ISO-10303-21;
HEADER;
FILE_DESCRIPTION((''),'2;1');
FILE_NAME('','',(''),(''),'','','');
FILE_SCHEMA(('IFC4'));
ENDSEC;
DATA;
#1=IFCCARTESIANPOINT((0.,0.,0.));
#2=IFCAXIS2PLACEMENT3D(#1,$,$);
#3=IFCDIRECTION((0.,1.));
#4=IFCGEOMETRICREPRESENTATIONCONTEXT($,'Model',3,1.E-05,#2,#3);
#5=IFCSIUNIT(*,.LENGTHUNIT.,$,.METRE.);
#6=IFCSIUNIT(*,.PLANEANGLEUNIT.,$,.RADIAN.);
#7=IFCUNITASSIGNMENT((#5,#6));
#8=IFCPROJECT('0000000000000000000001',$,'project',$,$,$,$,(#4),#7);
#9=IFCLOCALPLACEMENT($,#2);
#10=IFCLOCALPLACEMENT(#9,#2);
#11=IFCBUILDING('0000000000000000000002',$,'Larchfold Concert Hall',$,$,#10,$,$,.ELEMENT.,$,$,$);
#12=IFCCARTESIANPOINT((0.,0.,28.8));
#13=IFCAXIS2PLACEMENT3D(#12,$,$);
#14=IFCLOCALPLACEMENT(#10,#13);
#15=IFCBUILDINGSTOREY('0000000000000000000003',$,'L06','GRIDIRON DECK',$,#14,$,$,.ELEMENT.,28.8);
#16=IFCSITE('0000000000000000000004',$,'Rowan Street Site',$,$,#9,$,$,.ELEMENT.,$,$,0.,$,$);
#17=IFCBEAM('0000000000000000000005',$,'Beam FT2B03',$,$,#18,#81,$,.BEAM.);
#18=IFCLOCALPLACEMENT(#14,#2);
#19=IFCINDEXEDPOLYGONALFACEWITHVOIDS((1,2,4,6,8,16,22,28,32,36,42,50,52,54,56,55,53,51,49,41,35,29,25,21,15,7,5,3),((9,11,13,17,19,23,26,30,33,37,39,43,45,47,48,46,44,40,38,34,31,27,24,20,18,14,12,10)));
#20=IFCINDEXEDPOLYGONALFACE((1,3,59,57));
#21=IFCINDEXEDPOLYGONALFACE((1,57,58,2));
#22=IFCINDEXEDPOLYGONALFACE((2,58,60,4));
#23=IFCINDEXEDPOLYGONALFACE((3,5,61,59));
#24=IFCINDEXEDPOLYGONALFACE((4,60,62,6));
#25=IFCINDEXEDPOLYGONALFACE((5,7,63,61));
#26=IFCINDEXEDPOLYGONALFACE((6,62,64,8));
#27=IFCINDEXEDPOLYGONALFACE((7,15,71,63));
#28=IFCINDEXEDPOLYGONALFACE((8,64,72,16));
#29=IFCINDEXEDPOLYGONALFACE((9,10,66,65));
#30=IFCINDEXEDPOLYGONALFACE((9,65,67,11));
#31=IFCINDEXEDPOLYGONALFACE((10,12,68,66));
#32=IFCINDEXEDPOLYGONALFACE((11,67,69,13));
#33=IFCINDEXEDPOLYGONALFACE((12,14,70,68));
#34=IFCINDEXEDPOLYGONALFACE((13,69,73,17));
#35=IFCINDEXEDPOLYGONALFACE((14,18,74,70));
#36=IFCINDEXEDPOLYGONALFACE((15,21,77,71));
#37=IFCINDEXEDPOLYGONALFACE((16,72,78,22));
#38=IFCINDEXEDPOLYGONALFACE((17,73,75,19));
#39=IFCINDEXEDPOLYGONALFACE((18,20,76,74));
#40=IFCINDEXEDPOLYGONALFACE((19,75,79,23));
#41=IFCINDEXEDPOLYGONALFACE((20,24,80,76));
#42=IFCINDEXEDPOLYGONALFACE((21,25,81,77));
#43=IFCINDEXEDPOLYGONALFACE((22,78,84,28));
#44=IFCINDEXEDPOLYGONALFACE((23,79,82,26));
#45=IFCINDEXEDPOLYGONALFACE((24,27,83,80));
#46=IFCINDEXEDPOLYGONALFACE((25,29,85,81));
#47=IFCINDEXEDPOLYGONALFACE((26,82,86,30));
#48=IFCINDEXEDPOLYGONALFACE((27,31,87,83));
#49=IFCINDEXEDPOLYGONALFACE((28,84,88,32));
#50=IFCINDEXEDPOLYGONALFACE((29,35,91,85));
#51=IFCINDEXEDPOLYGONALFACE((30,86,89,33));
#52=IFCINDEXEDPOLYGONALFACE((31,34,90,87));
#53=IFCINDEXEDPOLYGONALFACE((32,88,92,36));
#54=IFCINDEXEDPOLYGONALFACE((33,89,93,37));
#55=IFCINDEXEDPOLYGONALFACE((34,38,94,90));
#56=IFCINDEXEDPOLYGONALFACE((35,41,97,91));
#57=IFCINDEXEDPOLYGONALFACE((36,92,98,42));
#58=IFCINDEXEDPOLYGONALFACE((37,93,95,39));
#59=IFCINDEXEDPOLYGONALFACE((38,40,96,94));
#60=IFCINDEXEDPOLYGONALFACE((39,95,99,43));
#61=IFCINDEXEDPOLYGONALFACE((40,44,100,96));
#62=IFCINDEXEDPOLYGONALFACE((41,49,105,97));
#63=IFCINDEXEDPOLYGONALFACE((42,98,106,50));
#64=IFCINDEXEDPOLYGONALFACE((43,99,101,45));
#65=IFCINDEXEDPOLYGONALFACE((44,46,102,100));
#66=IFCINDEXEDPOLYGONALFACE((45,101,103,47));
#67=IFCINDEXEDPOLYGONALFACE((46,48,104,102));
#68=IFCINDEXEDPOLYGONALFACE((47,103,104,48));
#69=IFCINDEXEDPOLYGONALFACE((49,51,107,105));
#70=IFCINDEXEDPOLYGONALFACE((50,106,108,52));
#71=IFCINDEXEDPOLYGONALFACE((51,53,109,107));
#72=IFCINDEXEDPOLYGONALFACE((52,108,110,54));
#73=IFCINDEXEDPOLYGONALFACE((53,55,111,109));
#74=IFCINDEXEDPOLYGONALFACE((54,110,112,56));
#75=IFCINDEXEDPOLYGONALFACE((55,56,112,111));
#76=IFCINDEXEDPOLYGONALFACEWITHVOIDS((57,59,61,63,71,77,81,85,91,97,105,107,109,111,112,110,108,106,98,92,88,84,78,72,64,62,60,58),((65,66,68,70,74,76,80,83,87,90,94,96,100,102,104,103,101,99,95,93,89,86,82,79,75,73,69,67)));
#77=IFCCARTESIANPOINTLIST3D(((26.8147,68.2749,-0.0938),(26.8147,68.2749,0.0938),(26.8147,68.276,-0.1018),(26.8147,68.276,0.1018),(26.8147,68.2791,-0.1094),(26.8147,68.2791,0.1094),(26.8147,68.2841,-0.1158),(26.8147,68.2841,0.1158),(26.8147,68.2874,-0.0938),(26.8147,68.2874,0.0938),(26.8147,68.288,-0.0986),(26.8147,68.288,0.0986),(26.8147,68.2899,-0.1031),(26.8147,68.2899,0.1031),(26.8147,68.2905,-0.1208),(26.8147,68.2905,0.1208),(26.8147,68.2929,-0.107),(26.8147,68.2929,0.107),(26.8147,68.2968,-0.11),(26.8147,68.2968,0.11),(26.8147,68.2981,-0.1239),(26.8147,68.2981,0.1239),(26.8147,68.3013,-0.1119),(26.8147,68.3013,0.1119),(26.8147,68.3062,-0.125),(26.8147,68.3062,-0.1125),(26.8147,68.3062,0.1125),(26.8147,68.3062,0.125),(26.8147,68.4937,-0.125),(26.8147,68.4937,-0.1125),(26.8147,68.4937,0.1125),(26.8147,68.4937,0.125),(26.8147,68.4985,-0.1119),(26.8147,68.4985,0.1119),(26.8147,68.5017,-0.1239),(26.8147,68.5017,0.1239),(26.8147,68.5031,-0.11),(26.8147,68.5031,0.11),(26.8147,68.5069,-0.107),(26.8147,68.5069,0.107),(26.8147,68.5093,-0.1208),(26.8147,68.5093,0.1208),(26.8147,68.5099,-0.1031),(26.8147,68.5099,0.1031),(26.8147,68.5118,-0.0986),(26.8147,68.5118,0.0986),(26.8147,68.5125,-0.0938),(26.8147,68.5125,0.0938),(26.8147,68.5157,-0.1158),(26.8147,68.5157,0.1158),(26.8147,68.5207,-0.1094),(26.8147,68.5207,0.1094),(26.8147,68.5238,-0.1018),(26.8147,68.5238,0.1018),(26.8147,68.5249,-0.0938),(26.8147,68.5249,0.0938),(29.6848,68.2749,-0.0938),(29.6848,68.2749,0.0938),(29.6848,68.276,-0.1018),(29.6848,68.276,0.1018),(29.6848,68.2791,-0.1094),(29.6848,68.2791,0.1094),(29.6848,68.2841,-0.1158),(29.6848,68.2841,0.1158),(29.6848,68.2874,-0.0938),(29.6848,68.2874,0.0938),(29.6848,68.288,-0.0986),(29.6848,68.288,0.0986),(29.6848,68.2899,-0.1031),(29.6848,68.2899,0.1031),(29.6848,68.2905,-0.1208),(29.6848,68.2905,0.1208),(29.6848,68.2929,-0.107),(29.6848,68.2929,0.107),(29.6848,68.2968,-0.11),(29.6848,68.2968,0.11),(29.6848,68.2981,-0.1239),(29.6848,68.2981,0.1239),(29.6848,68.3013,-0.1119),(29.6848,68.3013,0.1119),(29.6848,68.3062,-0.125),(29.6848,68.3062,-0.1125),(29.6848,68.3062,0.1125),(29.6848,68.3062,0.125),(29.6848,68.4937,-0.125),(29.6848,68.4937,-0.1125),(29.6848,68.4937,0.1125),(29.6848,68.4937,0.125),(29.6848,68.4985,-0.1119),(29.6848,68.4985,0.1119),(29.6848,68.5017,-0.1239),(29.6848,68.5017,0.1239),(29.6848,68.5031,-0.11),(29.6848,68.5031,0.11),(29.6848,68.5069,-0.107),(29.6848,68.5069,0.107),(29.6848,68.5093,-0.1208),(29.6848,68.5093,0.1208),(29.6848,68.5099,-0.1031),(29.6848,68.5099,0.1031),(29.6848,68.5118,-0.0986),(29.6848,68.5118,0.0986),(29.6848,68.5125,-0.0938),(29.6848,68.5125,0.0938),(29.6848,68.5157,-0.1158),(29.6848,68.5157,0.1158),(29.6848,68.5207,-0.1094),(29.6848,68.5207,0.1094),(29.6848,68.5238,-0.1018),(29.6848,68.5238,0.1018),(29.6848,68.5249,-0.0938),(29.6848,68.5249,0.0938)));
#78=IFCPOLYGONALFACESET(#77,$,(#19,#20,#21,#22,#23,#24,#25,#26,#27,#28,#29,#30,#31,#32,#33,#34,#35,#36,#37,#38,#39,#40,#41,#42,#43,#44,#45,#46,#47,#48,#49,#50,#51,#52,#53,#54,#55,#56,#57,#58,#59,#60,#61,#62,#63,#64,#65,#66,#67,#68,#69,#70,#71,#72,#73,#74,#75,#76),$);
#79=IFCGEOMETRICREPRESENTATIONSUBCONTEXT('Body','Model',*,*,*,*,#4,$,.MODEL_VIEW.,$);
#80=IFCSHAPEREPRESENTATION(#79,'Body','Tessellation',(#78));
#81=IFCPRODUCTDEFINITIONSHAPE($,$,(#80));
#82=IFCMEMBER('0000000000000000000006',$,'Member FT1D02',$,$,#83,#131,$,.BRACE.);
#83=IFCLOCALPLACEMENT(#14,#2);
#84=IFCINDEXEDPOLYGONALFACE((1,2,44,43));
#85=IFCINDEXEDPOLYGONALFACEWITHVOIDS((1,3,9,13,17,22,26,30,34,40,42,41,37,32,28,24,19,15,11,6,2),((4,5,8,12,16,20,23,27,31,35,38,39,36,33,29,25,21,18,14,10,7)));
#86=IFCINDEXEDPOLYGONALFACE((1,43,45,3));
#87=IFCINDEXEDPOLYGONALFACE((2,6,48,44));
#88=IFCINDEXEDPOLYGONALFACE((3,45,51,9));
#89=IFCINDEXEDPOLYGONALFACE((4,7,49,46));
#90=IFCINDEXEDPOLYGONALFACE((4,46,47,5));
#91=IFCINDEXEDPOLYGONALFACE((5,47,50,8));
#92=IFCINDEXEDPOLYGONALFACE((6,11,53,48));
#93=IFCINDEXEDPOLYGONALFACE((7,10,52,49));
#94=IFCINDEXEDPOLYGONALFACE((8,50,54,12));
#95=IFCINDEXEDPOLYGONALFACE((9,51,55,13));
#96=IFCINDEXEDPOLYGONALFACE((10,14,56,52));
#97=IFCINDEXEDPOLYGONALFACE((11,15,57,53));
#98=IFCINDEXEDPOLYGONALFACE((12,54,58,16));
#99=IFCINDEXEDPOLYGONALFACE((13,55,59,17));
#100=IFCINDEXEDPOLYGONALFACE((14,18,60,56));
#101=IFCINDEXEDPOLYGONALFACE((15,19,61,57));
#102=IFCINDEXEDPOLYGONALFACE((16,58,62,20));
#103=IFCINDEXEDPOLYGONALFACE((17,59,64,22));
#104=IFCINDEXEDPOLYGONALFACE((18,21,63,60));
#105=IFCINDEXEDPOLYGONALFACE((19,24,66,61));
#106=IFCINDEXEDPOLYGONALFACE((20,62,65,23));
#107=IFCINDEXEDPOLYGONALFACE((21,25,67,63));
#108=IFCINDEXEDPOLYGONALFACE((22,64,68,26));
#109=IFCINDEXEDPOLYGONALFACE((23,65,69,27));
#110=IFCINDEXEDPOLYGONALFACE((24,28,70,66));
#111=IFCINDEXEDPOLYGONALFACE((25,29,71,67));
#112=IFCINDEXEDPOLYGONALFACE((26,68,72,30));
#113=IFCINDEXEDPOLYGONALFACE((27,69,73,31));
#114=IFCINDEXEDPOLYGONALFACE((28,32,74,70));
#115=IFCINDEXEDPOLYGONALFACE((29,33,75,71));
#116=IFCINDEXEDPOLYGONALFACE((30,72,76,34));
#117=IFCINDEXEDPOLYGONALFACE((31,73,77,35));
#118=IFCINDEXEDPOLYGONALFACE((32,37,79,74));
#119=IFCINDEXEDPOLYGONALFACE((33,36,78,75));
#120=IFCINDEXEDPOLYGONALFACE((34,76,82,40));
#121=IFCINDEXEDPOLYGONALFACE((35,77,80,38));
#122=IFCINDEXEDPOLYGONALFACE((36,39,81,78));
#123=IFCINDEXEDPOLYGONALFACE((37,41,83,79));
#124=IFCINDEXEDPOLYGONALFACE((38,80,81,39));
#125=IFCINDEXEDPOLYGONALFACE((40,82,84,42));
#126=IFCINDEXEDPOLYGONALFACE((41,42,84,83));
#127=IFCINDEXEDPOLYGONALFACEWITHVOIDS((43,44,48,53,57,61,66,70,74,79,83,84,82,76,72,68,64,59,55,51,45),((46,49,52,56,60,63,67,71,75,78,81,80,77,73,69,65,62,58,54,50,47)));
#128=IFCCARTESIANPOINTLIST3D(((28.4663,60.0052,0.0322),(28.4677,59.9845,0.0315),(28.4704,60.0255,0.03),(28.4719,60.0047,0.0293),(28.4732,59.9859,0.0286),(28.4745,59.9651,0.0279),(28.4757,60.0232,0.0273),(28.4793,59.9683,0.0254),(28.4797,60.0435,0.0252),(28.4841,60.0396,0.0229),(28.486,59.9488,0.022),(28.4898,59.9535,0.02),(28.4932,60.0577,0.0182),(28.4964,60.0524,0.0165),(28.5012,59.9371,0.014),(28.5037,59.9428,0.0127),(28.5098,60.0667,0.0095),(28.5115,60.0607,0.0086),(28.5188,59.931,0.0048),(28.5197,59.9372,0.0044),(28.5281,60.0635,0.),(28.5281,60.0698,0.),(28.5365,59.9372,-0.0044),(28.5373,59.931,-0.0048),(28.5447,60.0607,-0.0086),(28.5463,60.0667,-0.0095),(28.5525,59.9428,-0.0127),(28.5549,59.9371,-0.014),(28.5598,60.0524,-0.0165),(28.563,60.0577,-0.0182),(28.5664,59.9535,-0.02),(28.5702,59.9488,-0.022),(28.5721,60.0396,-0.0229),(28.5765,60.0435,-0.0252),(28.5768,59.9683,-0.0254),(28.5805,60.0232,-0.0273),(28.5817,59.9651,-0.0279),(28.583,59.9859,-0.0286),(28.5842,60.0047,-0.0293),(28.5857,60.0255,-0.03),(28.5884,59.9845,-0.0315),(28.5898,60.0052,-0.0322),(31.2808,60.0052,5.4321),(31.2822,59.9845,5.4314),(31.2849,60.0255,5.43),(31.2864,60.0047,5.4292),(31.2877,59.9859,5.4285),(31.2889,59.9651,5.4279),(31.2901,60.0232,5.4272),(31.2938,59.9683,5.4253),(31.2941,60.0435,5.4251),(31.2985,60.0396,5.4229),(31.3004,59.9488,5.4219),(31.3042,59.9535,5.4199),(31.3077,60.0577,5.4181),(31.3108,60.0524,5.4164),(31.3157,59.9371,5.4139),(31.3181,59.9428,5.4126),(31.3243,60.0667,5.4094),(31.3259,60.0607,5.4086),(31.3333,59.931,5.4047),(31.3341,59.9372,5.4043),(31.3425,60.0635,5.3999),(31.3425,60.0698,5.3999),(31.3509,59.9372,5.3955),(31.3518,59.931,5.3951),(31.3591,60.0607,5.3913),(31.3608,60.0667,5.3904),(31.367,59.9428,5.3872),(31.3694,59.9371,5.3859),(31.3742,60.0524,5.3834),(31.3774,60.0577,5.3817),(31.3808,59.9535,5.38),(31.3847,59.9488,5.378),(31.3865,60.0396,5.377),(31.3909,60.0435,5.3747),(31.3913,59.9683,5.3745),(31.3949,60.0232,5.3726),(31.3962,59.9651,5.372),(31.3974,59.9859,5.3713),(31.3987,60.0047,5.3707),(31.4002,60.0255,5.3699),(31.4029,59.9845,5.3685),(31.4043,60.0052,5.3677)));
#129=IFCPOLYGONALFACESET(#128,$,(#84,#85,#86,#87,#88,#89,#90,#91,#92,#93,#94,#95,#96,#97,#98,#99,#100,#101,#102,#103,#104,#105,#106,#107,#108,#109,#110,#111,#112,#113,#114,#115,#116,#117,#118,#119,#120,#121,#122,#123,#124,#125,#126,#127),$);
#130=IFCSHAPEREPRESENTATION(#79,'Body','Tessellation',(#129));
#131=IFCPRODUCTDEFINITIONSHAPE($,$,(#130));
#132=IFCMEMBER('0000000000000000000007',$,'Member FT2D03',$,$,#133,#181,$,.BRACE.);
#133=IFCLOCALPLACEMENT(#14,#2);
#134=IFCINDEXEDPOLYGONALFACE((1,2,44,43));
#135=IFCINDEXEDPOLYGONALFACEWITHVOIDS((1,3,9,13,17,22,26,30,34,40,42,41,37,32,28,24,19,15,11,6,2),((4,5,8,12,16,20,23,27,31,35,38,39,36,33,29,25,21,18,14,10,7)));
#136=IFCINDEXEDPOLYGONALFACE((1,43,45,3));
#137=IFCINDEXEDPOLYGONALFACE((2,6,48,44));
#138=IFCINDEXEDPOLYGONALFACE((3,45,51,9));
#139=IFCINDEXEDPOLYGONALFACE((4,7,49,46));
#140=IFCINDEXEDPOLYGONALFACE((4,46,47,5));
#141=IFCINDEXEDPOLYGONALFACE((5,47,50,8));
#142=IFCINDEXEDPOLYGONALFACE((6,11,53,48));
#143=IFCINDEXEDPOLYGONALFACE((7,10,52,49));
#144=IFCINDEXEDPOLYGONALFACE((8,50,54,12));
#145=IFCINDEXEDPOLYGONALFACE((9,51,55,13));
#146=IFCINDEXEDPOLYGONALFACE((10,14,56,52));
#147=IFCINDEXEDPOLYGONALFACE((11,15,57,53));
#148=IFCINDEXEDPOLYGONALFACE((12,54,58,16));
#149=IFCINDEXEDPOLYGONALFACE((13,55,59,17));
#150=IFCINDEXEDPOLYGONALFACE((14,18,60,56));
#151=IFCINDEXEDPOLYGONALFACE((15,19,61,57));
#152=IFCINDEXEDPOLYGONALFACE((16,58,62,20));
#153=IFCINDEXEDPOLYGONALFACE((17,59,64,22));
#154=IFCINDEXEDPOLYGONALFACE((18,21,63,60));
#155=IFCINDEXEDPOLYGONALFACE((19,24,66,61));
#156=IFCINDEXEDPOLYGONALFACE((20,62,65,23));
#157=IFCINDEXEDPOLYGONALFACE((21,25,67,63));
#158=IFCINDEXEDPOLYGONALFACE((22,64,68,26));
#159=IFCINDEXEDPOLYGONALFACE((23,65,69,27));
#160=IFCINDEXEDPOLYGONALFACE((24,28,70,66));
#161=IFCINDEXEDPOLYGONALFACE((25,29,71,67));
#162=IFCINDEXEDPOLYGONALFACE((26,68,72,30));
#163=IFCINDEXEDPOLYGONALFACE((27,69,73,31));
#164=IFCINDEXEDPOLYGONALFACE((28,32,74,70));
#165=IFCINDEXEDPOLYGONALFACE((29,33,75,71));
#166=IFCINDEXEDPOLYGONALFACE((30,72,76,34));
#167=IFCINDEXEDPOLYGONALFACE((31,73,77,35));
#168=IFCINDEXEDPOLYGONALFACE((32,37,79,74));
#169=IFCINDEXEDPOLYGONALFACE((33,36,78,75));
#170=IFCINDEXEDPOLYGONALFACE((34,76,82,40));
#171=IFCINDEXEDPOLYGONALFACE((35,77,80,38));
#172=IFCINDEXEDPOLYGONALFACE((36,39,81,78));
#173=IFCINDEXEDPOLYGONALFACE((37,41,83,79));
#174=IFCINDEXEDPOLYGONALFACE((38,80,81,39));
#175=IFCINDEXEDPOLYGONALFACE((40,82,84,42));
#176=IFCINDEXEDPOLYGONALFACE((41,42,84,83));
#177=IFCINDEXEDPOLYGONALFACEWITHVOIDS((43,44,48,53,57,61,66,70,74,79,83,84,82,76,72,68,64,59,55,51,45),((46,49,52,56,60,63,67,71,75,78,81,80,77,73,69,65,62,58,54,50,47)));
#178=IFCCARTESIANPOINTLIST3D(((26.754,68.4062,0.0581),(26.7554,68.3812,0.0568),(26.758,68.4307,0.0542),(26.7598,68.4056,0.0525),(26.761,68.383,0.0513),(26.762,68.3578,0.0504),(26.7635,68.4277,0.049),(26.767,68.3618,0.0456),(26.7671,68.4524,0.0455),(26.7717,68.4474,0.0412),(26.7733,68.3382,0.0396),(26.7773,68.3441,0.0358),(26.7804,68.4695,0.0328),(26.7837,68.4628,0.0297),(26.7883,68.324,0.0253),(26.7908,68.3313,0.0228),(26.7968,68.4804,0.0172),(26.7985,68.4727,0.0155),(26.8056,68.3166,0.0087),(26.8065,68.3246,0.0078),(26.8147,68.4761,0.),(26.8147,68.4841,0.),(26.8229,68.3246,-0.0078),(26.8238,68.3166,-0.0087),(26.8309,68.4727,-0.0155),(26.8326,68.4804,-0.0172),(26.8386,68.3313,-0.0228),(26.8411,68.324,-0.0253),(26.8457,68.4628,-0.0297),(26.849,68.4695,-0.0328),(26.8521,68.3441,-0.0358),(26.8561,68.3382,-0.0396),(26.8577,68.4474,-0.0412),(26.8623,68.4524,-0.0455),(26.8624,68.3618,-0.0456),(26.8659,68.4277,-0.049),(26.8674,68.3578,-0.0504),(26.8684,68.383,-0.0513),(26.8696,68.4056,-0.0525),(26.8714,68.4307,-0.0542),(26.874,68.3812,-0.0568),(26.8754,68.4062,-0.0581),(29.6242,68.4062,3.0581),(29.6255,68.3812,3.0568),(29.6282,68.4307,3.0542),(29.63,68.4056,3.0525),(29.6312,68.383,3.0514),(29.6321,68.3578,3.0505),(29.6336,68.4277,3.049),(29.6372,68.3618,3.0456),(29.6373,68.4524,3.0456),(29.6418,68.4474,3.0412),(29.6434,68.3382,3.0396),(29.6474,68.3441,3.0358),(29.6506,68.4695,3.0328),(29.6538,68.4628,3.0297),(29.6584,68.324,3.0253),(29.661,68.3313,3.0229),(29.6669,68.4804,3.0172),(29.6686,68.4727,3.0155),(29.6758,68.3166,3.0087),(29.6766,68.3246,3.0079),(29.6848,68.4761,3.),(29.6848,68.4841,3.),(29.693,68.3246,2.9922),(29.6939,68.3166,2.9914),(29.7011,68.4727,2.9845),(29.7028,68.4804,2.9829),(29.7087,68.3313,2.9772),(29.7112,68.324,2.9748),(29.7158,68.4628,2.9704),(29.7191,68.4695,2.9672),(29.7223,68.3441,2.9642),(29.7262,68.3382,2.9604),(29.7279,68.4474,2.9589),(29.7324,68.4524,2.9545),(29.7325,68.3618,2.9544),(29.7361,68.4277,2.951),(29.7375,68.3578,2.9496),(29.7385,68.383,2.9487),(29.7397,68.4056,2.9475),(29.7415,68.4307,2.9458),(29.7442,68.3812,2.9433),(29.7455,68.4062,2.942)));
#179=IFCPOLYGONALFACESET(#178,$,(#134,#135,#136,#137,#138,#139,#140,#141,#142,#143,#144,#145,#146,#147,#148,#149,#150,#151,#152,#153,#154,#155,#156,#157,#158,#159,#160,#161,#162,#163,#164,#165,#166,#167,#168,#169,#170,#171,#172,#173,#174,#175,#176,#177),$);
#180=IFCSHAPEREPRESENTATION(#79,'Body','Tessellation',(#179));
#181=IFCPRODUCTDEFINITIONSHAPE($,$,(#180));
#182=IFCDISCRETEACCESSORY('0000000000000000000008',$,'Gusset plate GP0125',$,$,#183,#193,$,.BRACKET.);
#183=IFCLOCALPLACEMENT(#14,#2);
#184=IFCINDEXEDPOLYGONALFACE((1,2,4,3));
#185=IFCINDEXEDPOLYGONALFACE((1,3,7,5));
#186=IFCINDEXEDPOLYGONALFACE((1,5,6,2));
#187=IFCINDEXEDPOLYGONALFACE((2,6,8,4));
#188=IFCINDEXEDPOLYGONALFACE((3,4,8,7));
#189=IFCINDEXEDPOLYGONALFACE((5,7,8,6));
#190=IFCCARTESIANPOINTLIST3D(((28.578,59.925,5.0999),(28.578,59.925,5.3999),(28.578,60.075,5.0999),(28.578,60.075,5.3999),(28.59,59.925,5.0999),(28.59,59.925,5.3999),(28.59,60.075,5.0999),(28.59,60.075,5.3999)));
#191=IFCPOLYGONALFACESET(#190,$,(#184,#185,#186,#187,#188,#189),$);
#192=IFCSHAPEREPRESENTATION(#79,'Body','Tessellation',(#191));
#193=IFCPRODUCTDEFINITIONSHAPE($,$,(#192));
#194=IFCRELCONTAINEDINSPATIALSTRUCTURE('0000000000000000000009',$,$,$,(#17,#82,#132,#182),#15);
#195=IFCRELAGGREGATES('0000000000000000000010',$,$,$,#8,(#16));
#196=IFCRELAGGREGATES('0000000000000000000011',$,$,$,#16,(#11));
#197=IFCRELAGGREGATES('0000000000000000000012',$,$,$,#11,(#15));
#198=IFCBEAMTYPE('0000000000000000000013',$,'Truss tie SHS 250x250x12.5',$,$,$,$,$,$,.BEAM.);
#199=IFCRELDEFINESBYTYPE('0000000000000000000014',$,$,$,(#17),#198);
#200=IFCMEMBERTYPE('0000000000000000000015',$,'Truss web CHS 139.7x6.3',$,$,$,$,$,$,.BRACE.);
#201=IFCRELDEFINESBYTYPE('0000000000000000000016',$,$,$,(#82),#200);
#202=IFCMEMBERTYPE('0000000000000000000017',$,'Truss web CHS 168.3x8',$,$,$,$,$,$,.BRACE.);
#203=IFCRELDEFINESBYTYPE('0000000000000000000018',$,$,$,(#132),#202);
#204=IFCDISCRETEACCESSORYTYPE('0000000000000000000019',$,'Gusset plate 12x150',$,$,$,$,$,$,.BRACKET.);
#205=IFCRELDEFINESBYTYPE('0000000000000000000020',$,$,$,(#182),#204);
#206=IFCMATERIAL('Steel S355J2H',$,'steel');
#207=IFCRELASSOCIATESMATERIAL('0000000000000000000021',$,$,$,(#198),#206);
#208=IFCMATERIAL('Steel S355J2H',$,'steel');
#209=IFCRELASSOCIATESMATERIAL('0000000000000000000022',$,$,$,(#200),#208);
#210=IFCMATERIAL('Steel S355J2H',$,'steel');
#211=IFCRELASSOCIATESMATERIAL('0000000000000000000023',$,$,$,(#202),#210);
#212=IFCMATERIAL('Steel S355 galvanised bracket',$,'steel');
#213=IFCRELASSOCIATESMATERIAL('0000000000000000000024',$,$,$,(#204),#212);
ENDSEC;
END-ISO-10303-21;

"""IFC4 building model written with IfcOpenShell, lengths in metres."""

from ifc_helpers import new_model, si_unit, direction, frame, origin, origin_2d, place, context, subcontext, project, spatial, rectangle, hollow_rectangle, hollow_circle, extrude, material, material_profile, profile_set, type_object, element, save


model = new_model("IFC4")

# Units and contexts
model_context = context("Model", 3, precision=1e-05, world=origin(), true_north=direction((0.0, 1.0)))
body_context = subcontext(model_context, "Body", "Model", "MODEL_VIEW")
ifc_project = project(units=[si_unit("LENGTHUNIT", "METRE"), si_unit("PLANEANGLEUNIT", "RADIAN")], contexts=[model_context])

# Site, building, storey
site_placement = place(None, origin())
site = spatial("IfcSite", under=ifc_project, at=site_placement, Name="Rowan Street Site", CompositionType="ELEMENT", RefElevation=0.0)
building_placement = place(site_placement, origin())
building = spatial("IfcBuilding", under=site, at=building_placement, Name="Larchfold Concert Hall", CompositionType="ELEMENT")
storey_placement = place(building_placement, frame((0.0, 0.0, 28.8)))
storey = spatial("IfcBuildingStorey", under=building, at=storey_placement, Name="L06", Description="GRIDIRON DECK", CompositionType="ELEMENT", Elevation=28.8)

# Beam
ifc_material_1 = material(Name="Steel S355J2H", Category="steel")
ifc_material_profile_1 = material_profile(ifc_material_1, hollow_rectangle(XDim=0.25, YDim=0.25, WallThickness=0.0125, InnerFilletRadius=0.0188, OuterFilletRadius=0.0312, at=origin_2d()))
ifc_profile_set_1 = profile_set([ifc_material_profile_1], Name="Steel S355J2H")
beam_type_1 = type_object("IfcBeamType", Name="Truss tie SHS 250x250x12.5", PredefinedType="BEAM", material=ifc_profile_set_1)
beam_1_placement = place(storey_placement, frame((26.8147, 68.3999, 0.0), z_axis=(1.0, 0.0, 0.0), x_axis=(0.0, 1.0, 0.0)))
element("IfcBeam", 1, at=beam_1_placement, inside=storey, type_object=beam_type_1, Name="Beam FT2B03", PredefinedType="BEAM", context=body_context, shape_type="SweptSolid", body=[
    extrude(hollow_rectangle(XDim=0.25, YDim=0.25, WallThickness=0.0125, InnerFilletRadius=0.0188, OuterFilletRadius=0.0312, at=origin_2d()), origin(), (0.0, 0.0, 1.0), 2.8701),
])

# Members
ifc_material_2 = material(Name="Steel S355J2H", Category="steel")
ifc_material_profile_2 = material_profile(ifc_material_2, hollow_circle(Radius=0.0698, WallThickness=0.0063, at=origin_2d()))
ifc_profile_set_2 = profile_set([ifc_material_profile_2], Name="Steel S355J2H")
member_type_1 = type_object("IfcMemberType", Name="Truss web CHS 139.7x6.3", PredefinedType="BRACE", material=ifc_profile_set_2)
member_1_placement = place(storey_placement, frame((28.5281, 60.0, 0.0), z_axis=(0.462193, 0.0, 0.886779), x_axis=(0.0, 1.0, 0.0)))
element("IfcMember", 2, at=member_1_placement, inside=storey, type_object=member_type_1, Name="Member FT1D02", PredefinedType="BRACE", context=body_context, shape_type="SweptSolid", body=[
    extrude(hollow_circle(Radius=0.0698, WallThickness=0.0063, at=origin_2d()), origin(), (0.0, 0.0, 1.0), 6.0894),
])
ifc_material_3 = material(Name="Steel S355J2H", Category="steel")
ifc_material_profile_3 = material_profile(ifc_material_3, hollow_circle(Radius=0.0842, WallThickness=0.0081, at=origin_2d()))
ifc_profile_set_3 = profile_set([ifc_material_profile_3], Name="Steel S355J2H")
member_type_2 = type_object("IfcMemberType", Name="Truss web CHS 168.3x8", PredefinedType="BRACE", material=ifc_profile_set_3)
member_2_placement = place(storey_placement, frame((26.8147, 68.3999, 0.0), z_axis=(0.691292, 0.0, 0.722575), x_axis=(0.0, 1.0, 0.0)))
element("IfcMember", 3, at=member_2_placement, inside=storey, type_object=member_type_2, Name="Member FT2D03", PredefinedType="BRACE", context=body_context, shape_type="SweptSolid", body=[
    extrude(hollow_circle(Radius=0.0842, WallThickness=0.0081, at=origin_2d()), origin(), (0.0, 0.0, 1.0), 4.1519),
])

# Discrete accessory
ifc_material_4 = material(Name="Steel S355 galvanised bracket", Category="steel")
ifc_material_profile_4 = material_profile(ifc_material_4, rectangle(XDim=0.012, YDim=0.1499, at=origin_2d()))
ifc_profile_set_4 = profile_set([ifc_material_profile_4], Name="Steel S355 galvanised bracket")
discrete_accessory_type_1 = type_object("IfcDiscreteAccessoryType", Name="Gusset plate 12x150", PredefinedType="BRACKET", material=ifc_profile_set_4)
for number, where, z_axis, x_axis, name in (
    (4, (28.584, 60.0, 5.3999), (0.0, 0.0, -1.0), (1.0, 0.0, 0.0), "Gusset plate GP0125"),
):
    element("IfcDiscreteAccessory", number, at=place(storey_placement, frame(where, z_axis=z_axis, x_axis=x_axis)), inside=storey, type_object=discrete_accessory_type_1, Name=name, PredefinedType="BRACKET", context=body_context, shape_type="SweptSolid", body=[
        extrude(rectangle(XDim=0.012, YDim=0.1499, at=origin_2d()), origin(), (0.0, 0.0, 1.0), 0.3),
    ])

save(model, "model.ifc")
